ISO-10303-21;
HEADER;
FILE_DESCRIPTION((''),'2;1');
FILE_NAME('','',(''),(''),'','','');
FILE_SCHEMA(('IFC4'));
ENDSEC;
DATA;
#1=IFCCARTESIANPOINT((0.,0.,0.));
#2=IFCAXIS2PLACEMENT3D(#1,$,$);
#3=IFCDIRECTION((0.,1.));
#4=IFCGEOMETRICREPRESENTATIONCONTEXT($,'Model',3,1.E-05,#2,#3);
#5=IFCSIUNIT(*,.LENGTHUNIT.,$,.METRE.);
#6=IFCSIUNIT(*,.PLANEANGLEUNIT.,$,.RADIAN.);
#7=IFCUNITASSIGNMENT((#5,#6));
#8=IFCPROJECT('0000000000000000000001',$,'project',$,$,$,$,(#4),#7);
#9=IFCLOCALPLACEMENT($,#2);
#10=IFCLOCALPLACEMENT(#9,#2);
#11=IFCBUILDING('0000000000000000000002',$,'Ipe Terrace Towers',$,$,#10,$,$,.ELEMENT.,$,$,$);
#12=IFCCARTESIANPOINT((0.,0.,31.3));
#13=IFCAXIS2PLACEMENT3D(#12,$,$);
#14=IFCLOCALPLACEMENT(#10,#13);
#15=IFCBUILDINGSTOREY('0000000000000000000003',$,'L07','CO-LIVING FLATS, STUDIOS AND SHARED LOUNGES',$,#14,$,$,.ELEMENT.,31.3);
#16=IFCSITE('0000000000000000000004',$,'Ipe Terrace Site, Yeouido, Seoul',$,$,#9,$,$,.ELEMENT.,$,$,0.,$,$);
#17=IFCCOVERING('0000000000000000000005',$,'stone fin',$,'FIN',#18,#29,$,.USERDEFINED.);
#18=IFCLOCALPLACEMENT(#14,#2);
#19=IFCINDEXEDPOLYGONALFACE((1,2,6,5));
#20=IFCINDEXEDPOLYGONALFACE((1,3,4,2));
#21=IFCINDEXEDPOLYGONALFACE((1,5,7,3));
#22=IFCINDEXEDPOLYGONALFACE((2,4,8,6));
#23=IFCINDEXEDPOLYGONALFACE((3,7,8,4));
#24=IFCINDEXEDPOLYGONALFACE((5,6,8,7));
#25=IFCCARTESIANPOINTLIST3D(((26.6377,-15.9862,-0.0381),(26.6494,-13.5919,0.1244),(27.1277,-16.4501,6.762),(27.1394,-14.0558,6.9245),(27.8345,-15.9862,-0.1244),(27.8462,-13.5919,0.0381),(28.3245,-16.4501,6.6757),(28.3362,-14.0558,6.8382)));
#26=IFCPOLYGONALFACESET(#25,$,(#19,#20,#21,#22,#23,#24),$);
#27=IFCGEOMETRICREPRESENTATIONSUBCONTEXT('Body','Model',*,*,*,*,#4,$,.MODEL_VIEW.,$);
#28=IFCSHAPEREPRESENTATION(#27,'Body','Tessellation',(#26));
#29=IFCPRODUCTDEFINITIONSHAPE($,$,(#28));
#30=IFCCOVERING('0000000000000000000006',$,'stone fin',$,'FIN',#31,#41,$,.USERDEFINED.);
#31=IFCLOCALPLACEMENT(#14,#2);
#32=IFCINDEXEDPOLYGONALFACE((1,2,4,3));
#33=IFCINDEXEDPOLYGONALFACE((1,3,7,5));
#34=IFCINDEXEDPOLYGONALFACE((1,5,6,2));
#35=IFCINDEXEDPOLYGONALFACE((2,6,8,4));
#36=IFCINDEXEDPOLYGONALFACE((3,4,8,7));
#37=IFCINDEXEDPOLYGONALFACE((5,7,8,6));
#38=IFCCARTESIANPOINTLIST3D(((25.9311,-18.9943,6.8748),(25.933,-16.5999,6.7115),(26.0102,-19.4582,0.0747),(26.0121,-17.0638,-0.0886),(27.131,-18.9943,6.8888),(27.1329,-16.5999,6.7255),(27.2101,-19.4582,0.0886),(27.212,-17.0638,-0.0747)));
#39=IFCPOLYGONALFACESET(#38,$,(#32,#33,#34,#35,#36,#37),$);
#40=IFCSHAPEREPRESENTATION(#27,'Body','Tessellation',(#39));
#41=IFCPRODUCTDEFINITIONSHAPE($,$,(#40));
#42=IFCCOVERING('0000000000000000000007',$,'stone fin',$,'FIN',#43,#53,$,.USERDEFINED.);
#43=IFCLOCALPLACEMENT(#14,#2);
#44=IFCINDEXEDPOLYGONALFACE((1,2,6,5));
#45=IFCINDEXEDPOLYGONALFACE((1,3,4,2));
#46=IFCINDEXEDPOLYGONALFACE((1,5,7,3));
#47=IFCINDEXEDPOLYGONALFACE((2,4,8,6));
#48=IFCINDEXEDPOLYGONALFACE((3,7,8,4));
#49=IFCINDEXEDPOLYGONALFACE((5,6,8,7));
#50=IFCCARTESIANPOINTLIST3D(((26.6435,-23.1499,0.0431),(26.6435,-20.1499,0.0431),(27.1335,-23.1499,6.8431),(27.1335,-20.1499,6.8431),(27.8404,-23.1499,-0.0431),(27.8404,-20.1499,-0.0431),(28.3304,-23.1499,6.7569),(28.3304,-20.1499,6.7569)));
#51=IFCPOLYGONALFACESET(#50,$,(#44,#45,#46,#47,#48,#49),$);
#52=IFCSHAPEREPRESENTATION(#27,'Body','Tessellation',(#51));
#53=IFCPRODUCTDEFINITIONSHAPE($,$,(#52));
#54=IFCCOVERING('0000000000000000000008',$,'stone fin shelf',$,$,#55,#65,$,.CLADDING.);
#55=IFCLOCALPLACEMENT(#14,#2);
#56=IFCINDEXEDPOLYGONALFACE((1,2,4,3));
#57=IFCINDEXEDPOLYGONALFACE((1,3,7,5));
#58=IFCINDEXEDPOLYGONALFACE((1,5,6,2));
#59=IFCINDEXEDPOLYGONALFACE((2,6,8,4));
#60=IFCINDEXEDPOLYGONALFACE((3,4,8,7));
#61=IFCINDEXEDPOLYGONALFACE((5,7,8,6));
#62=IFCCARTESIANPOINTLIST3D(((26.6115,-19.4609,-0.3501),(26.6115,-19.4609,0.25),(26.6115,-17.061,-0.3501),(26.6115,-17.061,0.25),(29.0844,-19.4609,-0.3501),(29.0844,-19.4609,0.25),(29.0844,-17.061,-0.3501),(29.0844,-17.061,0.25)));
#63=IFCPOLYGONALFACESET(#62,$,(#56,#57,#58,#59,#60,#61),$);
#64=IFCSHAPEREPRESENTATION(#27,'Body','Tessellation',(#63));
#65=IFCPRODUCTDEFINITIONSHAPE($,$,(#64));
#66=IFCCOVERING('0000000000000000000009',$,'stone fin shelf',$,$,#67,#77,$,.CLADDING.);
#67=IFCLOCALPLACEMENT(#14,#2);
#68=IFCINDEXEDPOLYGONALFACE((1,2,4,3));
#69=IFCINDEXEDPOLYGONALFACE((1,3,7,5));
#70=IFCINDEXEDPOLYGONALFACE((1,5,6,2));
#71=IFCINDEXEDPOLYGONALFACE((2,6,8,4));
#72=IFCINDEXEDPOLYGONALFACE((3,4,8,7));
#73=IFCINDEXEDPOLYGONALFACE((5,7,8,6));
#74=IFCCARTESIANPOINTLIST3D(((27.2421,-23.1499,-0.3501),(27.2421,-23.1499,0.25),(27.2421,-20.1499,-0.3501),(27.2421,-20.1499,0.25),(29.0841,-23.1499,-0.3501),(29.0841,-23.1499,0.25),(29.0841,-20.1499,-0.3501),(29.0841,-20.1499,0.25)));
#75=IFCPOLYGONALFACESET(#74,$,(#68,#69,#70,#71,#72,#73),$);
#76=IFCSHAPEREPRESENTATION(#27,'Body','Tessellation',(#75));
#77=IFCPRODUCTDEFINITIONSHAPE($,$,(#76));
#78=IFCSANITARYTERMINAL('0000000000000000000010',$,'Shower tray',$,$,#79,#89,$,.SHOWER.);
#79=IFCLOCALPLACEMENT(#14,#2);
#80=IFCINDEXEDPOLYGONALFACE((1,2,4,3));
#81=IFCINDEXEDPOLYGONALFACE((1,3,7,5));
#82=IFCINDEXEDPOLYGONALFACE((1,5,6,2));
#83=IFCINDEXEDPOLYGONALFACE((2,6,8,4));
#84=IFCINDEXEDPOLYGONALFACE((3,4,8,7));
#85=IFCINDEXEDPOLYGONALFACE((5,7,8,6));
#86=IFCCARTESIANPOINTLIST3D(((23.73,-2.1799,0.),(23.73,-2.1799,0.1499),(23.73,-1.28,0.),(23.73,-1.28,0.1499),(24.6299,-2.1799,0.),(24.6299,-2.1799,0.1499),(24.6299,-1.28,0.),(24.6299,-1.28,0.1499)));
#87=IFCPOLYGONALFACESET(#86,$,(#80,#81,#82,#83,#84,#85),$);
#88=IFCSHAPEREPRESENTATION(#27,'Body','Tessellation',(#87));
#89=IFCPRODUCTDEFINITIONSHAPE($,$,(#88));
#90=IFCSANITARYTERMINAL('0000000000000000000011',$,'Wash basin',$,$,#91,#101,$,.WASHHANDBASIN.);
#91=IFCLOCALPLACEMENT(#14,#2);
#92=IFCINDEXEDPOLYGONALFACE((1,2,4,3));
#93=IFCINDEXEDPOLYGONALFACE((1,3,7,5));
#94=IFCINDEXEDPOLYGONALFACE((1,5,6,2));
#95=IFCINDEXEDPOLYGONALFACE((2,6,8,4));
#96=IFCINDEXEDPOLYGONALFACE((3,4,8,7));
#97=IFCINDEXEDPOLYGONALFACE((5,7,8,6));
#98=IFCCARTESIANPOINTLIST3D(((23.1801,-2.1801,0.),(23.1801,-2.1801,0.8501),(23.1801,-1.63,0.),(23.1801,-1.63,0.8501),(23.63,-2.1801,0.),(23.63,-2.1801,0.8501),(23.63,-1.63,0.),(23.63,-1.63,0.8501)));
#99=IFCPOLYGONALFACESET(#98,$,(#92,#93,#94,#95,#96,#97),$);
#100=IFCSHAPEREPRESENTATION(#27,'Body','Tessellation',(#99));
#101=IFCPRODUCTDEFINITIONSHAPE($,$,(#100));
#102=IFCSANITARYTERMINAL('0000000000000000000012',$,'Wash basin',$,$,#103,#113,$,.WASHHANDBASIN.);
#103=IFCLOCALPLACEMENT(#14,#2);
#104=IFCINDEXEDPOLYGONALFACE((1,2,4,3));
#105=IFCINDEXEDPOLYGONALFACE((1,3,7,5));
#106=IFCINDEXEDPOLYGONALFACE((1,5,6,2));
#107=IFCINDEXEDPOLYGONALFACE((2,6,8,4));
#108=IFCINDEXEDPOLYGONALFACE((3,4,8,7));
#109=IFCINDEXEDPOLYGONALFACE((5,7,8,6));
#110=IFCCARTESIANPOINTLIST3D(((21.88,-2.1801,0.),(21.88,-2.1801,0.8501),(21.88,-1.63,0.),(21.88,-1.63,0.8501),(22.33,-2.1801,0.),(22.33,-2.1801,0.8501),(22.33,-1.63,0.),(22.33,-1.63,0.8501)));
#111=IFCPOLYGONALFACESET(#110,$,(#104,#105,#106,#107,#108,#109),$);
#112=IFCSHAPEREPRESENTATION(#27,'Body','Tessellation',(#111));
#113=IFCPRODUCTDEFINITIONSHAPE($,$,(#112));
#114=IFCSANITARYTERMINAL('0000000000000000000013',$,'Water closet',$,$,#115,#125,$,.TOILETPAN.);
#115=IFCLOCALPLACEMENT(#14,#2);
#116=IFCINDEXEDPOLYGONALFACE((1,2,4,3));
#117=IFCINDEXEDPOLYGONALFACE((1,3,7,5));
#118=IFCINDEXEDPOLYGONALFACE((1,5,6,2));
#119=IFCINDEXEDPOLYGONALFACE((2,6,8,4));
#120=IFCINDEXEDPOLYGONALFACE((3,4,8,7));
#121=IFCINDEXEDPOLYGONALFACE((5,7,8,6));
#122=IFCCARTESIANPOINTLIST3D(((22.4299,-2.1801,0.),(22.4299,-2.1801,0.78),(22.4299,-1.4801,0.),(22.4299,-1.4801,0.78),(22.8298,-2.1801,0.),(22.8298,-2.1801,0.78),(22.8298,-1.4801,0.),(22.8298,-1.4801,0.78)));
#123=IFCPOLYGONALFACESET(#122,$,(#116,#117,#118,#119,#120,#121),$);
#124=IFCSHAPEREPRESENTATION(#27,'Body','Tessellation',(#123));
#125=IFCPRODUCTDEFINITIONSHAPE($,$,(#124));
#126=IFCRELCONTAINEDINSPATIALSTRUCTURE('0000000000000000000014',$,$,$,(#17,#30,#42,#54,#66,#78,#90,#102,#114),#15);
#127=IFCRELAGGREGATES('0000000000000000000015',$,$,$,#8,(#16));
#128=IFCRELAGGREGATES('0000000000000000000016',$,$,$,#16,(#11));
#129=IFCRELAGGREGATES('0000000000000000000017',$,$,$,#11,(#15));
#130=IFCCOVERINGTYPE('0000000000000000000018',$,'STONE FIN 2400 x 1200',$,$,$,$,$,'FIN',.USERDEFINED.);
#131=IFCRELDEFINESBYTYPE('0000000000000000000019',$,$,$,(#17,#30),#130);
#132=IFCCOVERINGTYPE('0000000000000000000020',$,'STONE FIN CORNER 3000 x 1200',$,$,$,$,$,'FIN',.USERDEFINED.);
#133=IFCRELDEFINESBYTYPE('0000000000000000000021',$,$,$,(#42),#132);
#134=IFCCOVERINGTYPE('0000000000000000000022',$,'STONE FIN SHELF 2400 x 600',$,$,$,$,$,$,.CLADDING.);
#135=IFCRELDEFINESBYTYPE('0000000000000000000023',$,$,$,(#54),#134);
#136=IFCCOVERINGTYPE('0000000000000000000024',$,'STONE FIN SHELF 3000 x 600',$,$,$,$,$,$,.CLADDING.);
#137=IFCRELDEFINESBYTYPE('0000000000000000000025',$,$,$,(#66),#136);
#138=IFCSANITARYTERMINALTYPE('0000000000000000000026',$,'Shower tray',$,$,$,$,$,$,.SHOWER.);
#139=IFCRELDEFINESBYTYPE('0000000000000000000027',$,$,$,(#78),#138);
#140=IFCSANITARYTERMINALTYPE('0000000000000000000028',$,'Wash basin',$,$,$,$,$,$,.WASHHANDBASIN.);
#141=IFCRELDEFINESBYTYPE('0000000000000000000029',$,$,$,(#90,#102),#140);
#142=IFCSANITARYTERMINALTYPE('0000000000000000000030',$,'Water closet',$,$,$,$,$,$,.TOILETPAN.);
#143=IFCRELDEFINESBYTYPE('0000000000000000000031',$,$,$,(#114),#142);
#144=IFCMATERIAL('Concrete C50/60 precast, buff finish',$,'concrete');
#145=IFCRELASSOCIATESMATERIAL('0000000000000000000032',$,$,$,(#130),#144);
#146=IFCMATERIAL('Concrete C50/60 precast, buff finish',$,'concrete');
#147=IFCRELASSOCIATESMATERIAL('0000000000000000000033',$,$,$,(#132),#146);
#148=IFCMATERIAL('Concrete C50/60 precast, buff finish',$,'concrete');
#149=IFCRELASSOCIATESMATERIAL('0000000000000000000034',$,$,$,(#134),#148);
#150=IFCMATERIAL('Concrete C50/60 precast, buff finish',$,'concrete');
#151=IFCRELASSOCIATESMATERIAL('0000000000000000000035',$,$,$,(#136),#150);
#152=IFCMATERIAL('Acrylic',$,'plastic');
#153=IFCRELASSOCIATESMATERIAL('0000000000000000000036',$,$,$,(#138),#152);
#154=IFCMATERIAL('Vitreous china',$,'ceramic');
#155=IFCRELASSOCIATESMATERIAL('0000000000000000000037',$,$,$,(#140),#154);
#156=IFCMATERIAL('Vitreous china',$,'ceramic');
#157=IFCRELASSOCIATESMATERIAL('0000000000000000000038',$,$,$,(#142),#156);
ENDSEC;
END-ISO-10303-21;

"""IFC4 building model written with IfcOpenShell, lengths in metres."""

from ifc_helpers import new_model, si_unit, direction, frame, origin, origin_2d, place, context, subcontext, project, spatial, rectangle, extrude, material, material_profile, profile_set, type_object, element, save


model = new_model("IFC4")

# Units and contexts
model_context = context("Model", 3, precision=1e-05, world=origin(), true_north=direction((0.0, 1.0)))
body_context = subcontext(model_context, "Body", "Model", "MODEL_VIEW")
ifc_project = project(units=[si_unit("LENGTHUNIT", "METRE"), si_unit("PLANEANGLEUNIT", "RADIAN")], contexts=[model_context])

# Site, building, storey
site_placement = place(None, origin())
site = spatial("IfcSite", under=ifc_project, at=site_placement, Name="Ipe Terrace Site, Yeouido, Seoul", CompositionType="ELEMENT", RefElevation=0.0)
building_placement = place(site_placement, origin())
building = spatial("IfcBuilding", under=site, at=building_placement, Name="Ipe Terrace Towers", CompositionType="ELEMENT")
storey_placement = place(building_placement, frame((0.0, 0.0, 31.3)))
storey = spatial("IfcBuildingStorey", under=building, at=storey_placement, Name="L07", Description="CO-LIVING FLATS, STUDIOS AND SHARED LOUNGES", CompositionType="ELEMENT", Elevation=31.3)

# Coverings
ifc_material_1 = material(Name="Concrete C50/60 precast, buff finish", Category="concrete")
ifc_material_profile_1 = material_profile(ifc_material_1, rectangle(XDim=2.3999, YDim=1.2, at=origin_2d()), Name="STONE FIN 2400 x 1200")
ifc_profile_set_1 = profile_set([ifc_material_profile_1], Name="Concrete C50/60 precast, buff finish")
covering_type_1 = type_object("IfcCoveringType", Name="STONE FIN 2400 x 1200", ElementType="FIN", PredefinedType="USERDEFINED", material=ifc_profile_set_1)
covering_1_placement = place(storey_placement, frame((27.2419, -14.7891, 0.0), z_axis=(0.071705, -0.067882, 0.995113), x_axis=(-0.004879, -0.997693, -0.067706)))
element("IfcCovering", 1, at=covering_1_placement, inside=storey, type_object=covering_type_1, Name="stone fin", ObjectType="FIN", PredefinedType="USERDEFINED", context=body_context, shape_type="SweptSolid", body=[
    extrude(rectangle(XDim=2.3999, YDim=1.2, at=origin_2d()), origin(), (0.0, 0.0, 1.0), 6.8335),
])
covering_2_placement = place(storey_placement, frame((26.6111, -18.261, 0.0), z_axis=(-0.011605, 0.068053, 0.997614), x_axis=(-0.000792, -0.997682, 0.068048)))
element("IfcCovering", 2, at=covering_2_placement, inside=storey, type_object=covering_type_1, Name="stone fin", ObjectType="FIN", PredefinedType="USERDEFINED", context=body_context, shape_type="SweptSolid", body=[
    extrude(rectangle(XDim=2.3999, YDim=1.2, at=origin_2d()), origin(), (0.0, 0.0, 1.0), 6.8164),
])
ifc_material_2 = material(Name="Concrete C50/60 precast, buff finish", Category="concrete")
ifc_material_profile_2 = material_profile(ifc_material_2, rectangle(XDim=3.0, YDim=1.2, at=origin_2d()), Name="STONE FIN CORNER 3000 x 1200")
ifc_profile_set_2 = profile_set([ifc_material_profile_2], Name="Concrete C50/60 precast, buff finish")
covering_type_2 = type_object("IfcCoveringType", Name="STONE FIN CORNER 3000 x 1200", ElementType="FIN", PredefinedType="USERDEFINED", material=ifc_profile_set_2)
covering_3_placement = place(storey_placement, frame((27.2419, -21.6499, 0.0), z_axis=(0.071871, 0.0, 0.997414), x_axis=(0.0, -1.0, 0.0)))
element("IfcCovering", 3, at=covering_3_placement, inside=storey, type_object=covering_type_2, Name="stone fin", ObjectType="FIN", PredefinedType="USERDEFINED", context=body_context, shape_type="SweptSolid", body=[
    extrude(rectangle(XDim=3.0, YDim=1.2, at=origin_2d()), origin(), (0.0, 0.0, 1.0), 6.8176),
])
ifc_material_3 = material(Name="Concrete C50/60 precast, buff finish", Category="concrete")
covering_type_3 = type_object("IfcCoveringType", Name="STONE FIN SHELF 2400 x 600", PredefinedType="CLADDING", material=ifc_material_3)
covering_4_placement = place(storey_placement, frame((27.8479, -18.261, -0.3501), z_axis=(0.0, 0.0, 1.0), x_axis=(0.0, -1.0, 0.0)))
element("IfcCovering", 4, at=covering_4_placement, inside=storey, type_object=covering_type_3, Name="stone fin shelf", PredefinedType="CLADDING", context=body_context, shape_type="SweptSolid", body=[
    extrude(rectangle(XDim=2.3999, YDim=2.4729, at=origin_2d()), origin(), (0.0, 0.0, 1.0), 0.6001),
])
ifc_material_4 = material(Name="Concrete C50/60 precast, buff finish", Category="concrete")
covering_type_4 = type_object("IfcCoveringType", Name="STONE FIN SHELF 3000 x 600", PredefinedType="CLADDING", material=ifc_material_4)
covering_5_placement = place(storey_placement, frame((28.1631, -21.6499, -0.3501), z_axis=(0.0, 0.0, 1.0), x_axis=(0.0, -1.0, 0.0)))
element("IfcCovering", 5, at=covering_5_placement, inside=storey, type_object=covering_type_4, Name="stone fin shelf", PredefinedType="CLADDING", context=body_context, shape_type="SweptSolid", body=[
    extrude(rectangle(XDim=3.0, YDim=1.842, at=origin_2d()), origin(), (0.0, 0.0, 1.0), 0.6001),
])

# Sanitary terminals
ifc_material_5 = material(Name="Acrylic", Category="plastic")
sanitary_terminal_type_1 = type_object("IfcSanitaryTerminalType", Name="Shower tray", PredefinedType="SHOWER", material=ifc_material_5)
sanitary_terminal_1_placement = place(storey_placement, frame((24.1799, -1.73, 0.0), z_axis=(0.0, 0.0, 1.0), x_axis=(0.0, 1.0, 0.0)))
element("IfcSanitaryTerminal", 6, at=sanitary_terminal_1_placement, inside=storey, type_object=sanitary_terminal_type_1, Name="Shower tray", PredefinedType="SHOWER", context=body_context, shape_type="SweptSolid", body=[
    extrude(rectangle(XDim=0.8999, YDim=0.8999, at=origin_2d()), origin(), (0.0, 0.0, 1.0), 0.1499),
])
ifc_material_6 = material(Name="Vitreous china", Category="ceramic")
sanitary_terminal_type_2 = type_object("IfcSanitaryTerminalType", Name="Wash basin", PredefinedType="WASHHANDBASIN", material=ifc_material_6)
for number, where, z_axis, x_axis, name in (
    (7, (23.405, -1.905, 0.0), (0.0, 0.0, 1.0), (0.0, 1.0, 0.0), "Wash basin"),
    (8, (22.105, -1.905, 0.0), (0.0, 0.0, 1.0), (0.0, 1.0, 0.0), "Wash basin"),
):
    element("IfcSanitaryTerminal", number, at=place(storey_placement, frame(where, z_axis=z_axis, x_axis=x_axis)), inside=storey, type_object=sanitary_terminal_type_2, Name=name, PredefinedType="WASHHANDBASIN", context=body_context, shape_type="SweptSolid", body=[
        extrude(rectangle(XDim=0.55, YDim=0.45, at=origin_2d()), origin(), (0.0, 0.0, 1.0), 0.8501),
    ])
ifc_material_7 = material(Name="Vitreous china", Category="ceramic")
sanitary_terminal_type_3 = type_object("IfcSanitaryTerminalType", Name="Water closet", PredefinedType="TOILETPAN", material=ifc_material_7)
sanitary_terminal_2_placement = place(storey_placement, frame((22.6299, -1.8301, 0.0), z_axis=(0.0, 0.0, 1.0), x_axis=(0.0, 1.0, 0.0)))
element("IfcSanitaryTerminal", 9, at=sanitary_terminal_2_placement, inside=storey, type_object=sanitary_terminal_type_3, Name="Water closet", PredefinedType="TOILETPAN", context=body_context, shape_type="SweptSolid", body=[
    extrude(rectangle(XDim=0.7, YDim=0.3999, at=origin_2d()), origin(), (0.0, 0.0, 1.0), 0.78),
])

save(model, "model.ifc")
